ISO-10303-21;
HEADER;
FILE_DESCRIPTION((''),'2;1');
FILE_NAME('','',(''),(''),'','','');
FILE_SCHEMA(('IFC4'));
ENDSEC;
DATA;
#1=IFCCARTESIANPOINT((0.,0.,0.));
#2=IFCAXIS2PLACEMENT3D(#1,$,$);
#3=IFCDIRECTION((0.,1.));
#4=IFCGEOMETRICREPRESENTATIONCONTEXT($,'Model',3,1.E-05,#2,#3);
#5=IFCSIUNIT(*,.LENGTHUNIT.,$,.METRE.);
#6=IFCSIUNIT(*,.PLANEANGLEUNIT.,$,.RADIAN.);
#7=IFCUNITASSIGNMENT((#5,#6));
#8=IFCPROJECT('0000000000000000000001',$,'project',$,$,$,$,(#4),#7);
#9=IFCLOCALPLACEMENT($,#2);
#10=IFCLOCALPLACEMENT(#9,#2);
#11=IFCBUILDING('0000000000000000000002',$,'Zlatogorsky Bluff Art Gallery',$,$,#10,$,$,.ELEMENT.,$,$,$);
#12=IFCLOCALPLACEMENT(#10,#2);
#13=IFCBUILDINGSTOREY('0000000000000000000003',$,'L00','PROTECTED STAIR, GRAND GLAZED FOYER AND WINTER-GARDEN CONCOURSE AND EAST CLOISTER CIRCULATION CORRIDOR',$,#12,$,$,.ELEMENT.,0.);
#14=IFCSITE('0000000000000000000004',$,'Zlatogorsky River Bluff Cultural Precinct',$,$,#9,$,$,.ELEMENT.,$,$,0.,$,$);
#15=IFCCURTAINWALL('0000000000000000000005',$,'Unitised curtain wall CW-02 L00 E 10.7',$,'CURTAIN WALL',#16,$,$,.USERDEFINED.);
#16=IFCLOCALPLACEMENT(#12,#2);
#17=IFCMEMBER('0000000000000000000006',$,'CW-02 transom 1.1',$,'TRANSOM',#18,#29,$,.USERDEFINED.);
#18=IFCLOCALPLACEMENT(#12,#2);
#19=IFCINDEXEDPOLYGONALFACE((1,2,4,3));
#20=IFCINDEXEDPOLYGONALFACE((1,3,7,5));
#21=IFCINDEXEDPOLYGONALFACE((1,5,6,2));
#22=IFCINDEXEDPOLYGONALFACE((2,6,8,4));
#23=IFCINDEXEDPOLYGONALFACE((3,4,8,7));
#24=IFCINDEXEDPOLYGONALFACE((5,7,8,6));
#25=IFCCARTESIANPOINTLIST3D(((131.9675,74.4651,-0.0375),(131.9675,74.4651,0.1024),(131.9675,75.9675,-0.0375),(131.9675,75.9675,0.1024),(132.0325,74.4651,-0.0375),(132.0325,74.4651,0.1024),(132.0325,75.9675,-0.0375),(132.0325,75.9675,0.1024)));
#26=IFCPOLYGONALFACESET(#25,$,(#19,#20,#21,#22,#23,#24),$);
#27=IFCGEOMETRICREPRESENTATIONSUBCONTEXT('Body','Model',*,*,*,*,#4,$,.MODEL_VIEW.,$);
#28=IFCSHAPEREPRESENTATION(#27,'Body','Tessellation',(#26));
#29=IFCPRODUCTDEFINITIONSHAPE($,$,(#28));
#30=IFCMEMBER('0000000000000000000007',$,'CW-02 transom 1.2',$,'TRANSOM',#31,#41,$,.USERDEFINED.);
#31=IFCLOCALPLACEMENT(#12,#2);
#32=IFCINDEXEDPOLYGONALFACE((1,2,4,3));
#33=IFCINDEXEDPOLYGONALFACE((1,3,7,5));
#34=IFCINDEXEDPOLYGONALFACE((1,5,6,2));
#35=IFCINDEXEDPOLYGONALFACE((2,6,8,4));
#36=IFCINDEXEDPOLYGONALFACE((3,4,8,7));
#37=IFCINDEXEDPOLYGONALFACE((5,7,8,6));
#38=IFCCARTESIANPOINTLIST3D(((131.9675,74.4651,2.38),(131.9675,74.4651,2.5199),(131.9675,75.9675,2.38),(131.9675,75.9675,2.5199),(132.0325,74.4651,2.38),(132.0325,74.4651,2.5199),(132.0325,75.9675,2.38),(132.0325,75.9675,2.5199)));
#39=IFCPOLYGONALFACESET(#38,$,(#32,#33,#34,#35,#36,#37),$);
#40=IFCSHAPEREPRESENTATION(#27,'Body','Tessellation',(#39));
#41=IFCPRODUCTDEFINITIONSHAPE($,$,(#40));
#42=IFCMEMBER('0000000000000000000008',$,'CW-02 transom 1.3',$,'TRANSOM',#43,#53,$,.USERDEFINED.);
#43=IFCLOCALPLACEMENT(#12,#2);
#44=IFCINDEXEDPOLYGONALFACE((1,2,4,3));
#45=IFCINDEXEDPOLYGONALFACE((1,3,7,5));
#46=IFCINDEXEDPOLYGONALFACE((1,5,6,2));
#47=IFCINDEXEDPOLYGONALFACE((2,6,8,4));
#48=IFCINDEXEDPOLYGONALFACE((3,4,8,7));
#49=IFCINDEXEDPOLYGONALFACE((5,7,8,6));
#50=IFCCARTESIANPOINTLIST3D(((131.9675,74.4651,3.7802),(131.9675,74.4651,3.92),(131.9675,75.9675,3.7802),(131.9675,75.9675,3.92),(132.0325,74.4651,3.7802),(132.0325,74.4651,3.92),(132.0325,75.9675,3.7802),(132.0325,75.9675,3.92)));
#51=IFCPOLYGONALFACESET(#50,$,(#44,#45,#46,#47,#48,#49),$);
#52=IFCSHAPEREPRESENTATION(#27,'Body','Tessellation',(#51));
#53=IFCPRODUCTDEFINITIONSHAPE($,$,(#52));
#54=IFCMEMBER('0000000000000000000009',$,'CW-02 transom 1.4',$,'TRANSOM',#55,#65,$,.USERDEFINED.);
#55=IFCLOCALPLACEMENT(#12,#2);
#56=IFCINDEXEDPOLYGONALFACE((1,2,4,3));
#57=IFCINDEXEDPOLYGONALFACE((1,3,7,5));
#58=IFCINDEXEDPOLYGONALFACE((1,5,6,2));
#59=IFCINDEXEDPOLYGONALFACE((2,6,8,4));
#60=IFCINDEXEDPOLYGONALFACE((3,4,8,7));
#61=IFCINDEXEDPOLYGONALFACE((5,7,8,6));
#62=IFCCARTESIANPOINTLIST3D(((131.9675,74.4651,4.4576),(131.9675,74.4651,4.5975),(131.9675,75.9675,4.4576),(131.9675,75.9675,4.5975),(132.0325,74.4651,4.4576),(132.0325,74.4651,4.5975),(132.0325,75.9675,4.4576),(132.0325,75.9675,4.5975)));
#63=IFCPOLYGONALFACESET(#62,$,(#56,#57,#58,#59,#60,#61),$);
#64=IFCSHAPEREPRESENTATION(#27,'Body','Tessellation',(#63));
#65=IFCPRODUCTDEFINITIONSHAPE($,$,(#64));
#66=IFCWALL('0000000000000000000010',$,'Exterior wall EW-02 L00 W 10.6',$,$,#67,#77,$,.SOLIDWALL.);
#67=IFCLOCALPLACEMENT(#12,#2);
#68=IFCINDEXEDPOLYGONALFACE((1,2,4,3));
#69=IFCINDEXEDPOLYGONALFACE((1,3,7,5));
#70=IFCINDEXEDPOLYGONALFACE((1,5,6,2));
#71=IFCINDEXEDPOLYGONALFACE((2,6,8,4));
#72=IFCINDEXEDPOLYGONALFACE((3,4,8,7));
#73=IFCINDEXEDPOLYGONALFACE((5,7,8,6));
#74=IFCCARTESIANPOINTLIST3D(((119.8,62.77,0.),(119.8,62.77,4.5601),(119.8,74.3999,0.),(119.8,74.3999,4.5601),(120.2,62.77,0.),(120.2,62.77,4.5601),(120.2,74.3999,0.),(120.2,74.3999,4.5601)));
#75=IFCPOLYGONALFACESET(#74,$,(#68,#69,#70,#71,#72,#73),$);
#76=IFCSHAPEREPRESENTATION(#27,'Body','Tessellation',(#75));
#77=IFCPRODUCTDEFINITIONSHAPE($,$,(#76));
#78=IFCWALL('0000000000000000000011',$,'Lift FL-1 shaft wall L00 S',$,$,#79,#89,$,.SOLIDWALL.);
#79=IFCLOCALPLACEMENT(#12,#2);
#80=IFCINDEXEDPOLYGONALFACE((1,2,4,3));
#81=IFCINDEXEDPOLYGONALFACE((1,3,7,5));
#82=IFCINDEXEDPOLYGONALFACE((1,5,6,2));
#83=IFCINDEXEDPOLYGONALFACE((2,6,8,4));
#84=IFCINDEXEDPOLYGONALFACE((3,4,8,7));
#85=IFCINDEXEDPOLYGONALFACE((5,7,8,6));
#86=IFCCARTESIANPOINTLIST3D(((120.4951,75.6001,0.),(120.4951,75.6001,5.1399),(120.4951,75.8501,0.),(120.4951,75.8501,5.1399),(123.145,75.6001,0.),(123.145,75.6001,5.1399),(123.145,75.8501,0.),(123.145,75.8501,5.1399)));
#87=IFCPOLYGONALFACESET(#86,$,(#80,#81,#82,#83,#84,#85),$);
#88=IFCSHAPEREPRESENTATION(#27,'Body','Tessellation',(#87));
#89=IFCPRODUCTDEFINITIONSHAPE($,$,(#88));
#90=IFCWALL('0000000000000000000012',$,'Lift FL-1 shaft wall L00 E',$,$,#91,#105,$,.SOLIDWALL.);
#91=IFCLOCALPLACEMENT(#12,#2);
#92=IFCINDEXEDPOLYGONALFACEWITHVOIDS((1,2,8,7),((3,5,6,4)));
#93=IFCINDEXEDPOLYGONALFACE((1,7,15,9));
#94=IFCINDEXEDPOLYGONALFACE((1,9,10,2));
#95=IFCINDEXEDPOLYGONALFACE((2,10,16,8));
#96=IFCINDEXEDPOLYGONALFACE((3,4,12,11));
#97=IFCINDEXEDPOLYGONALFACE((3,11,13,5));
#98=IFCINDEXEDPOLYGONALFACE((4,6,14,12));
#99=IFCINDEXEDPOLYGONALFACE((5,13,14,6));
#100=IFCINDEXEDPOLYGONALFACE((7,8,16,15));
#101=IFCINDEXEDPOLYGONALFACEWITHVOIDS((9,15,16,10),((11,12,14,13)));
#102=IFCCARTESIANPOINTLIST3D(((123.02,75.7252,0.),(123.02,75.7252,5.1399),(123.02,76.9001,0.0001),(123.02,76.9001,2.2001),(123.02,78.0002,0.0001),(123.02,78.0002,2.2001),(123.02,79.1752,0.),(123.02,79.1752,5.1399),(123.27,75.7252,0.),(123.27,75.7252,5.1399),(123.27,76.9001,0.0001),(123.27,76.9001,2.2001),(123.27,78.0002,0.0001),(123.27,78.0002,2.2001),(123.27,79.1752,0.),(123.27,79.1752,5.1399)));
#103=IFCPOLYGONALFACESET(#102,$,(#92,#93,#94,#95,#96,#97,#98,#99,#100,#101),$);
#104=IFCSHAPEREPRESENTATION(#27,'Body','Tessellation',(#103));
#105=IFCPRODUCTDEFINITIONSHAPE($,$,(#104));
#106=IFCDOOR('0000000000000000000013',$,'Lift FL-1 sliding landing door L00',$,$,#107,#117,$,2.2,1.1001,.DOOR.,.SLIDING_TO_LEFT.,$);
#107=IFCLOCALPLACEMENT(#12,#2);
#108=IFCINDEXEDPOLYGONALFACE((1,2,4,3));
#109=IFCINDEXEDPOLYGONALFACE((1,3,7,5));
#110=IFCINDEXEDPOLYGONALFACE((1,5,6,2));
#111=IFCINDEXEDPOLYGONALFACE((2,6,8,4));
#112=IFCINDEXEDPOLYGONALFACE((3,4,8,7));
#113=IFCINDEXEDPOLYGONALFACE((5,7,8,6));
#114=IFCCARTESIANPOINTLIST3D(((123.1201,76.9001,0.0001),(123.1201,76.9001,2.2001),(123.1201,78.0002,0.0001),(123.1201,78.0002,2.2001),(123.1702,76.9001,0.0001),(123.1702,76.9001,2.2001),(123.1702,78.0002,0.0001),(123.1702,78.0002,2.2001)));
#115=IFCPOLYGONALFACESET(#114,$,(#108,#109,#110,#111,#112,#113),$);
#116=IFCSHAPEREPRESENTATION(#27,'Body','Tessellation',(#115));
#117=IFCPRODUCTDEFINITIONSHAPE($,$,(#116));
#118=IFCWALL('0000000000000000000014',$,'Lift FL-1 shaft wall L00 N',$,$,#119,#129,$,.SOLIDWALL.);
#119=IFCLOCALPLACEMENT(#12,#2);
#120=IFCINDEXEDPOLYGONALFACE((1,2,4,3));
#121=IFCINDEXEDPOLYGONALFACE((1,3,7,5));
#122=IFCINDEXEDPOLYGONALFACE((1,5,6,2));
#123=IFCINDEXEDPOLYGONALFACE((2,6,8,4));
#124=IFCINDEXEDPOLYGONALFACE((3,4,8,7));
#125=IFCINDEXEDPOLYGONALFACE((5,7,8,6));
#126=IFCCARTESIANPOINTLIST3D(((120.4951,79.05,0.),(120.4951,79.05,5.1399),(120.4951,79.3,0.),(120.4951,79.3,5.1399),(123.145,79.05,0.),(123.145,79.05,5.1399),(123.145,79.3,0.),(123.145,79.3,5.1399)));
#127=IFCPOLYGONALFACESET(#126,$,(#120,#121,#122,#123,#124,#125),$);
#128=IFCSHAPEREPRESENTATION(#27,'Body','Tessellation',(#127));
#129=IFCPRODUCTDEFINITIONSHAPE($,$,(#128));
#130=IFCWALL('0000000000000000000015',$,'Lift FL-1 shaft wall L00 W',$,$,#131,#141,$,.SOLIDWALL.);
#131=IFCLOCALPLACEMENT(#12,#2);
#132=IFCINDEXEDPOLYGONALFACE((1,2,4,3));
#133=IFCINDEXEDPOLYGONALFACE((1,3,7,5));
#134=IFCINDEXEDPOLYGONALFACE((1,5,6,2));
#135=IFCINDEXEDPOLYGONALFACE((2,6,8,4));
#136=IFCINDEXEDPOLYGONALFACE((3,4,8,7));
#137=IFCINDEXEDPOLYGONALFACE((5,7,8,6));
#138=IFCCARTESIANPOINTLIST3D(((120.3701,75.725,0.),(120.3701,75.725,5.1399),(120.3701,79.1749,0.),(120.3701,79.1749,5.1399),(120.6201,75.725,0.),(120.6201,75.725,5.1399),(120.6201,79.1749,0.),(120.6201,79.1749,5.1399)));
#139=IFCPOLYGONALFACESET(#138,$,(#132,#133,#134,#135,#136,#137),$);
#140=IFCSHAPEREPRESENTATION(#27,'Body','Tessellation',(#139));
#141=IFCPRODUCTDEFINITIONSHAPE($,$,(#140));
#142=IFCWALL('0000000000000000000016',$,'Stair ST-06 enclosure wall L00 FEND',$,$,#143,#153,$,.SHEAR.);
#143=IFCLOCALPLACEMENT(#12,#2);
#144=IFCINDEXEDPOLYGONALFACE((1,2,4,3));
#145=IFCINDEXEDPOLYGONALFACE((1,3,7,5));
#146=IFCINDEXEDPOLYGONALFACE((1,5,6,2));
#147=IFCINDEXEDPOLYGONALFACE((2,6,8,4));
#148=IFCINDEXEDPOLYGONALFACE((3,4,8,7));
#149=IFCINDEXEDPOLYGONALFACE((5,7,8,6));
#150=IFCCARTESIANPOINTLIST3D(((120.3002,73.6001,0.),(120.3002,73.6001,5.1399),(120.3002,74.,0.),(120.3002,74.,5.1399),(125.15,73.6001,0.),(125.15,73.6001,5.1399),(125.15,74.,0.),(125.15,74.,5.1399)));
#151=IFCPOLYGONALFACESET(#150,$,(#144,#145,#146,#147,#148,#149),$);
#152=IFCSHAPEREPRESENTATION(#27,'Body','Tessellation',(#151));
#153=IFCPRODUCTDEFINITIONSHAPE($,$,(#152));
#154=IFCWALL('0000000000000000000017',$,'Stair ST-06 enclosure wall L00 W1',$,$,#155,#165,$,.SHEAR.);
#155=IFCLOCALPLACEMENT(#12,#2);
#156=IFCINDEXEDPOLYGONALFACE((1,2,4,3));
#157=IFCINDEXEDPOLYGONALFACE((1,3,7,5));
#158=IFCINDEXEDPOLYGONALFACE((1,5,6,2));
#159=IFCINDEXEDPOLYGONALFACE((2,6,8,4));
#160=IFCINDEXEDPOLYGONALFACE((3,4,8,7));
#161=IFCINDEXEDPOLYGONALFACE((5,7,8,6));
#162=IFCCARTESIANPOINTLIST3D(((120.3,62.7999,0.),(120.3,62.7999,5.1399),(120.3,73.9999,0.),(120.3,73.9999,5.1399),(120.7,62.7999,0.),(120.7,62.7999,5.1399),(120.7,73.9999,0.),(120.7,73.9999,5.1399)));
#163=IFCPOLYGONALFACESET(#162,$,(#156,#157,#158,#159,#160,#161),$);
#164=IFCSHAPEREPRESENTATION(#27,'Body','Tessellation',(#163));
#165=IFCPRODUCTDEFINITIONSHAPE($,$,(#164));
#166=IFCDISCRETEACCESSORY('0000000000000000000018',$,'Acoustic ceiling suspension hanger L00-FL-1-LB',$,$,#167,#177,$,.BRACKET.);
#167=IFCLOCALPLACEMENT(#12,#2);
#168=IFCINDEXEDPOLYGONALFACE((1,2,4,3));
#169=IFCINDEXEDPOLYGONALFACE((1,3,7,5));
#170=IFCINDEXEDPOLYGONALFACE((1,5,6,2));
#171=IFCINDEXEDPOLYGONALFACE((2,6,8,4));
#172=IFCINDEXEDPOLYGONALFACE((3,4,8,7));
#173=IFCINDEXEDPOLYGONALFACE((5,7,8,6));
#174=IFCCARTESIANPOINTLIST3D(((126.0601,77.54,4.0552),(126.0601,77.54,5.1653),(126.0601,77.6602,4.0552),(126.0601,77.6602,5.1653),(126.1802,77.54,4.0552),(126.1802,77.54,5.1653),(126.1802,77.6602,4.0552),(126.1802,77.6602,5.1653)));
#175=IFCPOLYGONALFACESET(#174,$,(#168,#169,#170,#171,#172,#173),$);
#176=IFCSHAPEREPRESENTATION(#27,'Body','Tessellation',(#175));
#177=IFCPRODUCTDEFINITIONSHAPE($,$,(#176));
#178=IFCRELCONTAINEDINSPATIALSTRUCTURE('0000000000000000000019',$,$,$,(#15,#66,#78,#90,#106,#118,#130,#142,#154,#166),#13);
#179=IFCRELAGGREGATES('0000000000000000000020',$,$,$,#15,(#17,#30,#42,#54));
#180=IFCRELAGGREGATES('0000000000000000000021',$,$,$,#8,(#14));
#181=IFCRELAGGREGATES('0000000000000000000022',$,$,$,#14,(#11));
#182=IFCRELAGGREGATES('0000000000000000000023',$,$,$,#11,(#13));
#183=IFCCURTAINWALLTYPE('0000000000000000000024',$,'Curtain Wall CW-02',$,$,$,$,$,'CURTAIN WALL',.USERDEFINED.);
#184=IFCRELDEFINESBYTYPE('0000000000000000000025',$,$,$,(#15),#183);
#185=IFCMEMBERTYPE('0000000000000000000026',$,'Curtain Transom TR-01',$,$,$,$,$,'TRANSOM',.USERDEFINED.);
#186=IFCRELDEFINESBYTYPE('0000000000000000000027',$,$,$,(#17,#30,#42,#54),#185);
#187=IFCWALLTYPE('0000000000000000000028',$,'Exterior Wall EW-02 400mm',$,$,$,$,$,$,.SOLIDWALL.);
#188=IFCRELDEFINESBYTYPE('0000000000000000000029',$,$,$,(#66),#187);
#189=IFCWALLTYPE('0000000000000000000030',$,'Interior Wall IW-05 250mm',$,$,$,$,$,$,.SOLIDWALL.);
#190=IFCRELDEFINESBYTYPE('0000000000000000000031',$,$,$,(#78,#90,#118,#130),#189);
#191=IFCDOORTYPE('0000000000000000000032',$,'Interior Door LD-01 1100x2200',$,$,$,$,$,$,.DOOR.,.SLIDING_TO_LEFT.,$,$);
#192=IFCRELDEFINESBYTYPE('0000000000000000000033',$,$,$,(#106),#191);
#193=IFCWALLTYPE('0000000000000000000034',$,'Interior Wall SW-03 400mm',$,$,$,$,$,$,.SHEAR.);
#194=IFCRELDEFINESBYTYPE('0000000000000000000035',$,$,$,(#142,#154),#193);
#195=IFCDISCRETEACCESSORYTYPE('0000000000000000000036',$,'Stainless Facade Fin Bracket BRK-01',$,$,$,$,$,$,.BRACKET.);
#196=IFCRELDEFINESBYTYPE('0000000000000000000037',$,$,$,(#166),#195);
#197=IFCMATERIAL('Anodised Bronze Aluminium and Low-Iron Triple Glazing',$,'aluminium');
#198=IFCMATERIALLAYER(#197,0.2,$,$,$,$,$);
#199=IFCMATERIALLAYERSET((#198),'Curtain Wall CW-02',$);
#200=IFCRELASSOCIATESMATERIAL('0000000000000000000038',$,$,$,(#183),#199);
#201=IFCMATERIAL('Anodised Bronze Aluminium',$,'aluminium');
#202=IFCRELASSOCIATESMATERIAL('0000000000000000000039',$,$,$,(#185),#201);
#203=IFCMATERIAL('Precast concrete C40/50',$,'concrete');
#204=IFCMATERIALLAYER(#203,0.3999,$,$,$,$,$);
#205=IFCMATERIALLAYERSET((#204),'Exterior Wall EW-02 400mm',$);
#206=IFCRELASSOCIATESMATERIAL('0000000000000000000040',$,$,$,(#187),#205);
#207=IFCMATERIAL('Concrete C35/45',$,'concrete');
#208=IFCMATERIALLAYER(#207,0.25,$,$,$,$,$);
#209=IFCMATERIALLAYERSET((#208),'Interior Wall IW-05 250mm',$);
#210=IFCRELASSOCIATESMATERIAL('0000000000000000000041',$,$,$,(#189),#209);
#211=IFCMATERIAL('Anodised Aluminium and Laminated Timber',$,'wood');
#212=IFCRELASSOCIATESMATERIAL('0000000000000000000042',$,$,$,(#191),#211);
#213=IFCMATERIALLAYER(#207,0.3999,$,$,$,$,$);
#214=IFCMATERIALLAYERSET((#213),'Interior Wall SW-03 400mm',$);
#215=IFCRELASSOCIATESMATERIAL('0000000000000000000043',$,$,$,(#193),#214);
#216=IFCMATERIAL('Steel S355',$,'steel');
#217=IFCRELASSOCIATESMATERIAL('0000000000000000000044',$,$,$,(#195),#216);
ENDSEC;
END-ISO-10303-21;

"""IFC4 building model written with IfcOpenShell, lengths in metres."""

from ifc_helpers import new_model, si_unit, direction, frame, frame_2d, origin, origin_2d, place, context, subcontext, project, spatial, rectangle, extrude, material, layer, layer_set, material_profile, profile_set, type_object, element, fill, aggregate, save


model = new_model("IFC4")

# Units and contexts
model_context = context("Model", 3, precision=1e-05, world=origin(), true_north=direction((0.0, 1.0)))
body_context = subcontext(model_context, "Body", "Model", "MODEL_VIEW")
ifc_project = project(units=[si_unit("LENGTHUNIT", "METRE"), si_unit("PLANEANGLEUNIT", "RADIAN")], contexts=[model_context])

# Site, building, storey
site_placement = place(None, origin())
site = spatial("IfcSite", under=ifc_project, at=site_placement, Name="Zlatogorsky River Bluff Cultural Precinct", CompositionType="ELEMENT", RefElevation=0.0)
building_placement = place(site_placement, origin())
building = spatial("IfcBuilding", under=site, at=building_placement, Name="Zlatogorsky Bluff Art Gallery", CompositionType="ELEMENT")
storey_placement = place(building_placement, origin())
storey = spatial("IfcBuildingStorey", under=building, at=storey_placement, Name="L00", Description="PROTECTED STAIR, GRAND GLAZED FOYER AND WINTER-GARDEN CONCOURSE AND EAST CLOISTER CIRCULATION CORRIDOR", CompositionType="ELEMENT", Elevation=0.0)

# Shared definitions
ifc_material_1 = material(Name="Steel S355", Category="steel")

# Curtain wall, members
ifc_material_2 = material(Name="Anodised Bronze Aluminium and Low-Iron Triple Glazing", Category="aluminium")
ifc_layer_1 = layer(ifc_material_2, 0.2)
ifc_layer_set_1 = layer_set([ifc_layer_1], Name="Curtain Wall CW-02")
curtain_wall_type = type_object("IfcCurtainWallType", Name="Curtain Wall CW-02", ElementType="CURTAIN WALL", PredefinedType="USERDEFINED", material=ifc_layer_set_1)
curtain_wall_placement = place(storey_placement, origin())
curtain_wall = element("IfcCurtainWall", 1, at=curtain_wall_placement, inside=storey, type_object=curtain_wall_type, Name="Unitised curtain wall CW-02 L00 E 10.7", ObjectType="CURTAIN WALL", PredefinedType="USERDEFINED")
ifc_material_3 = material(Name="Anodised Bronze Aluminium", Category="aluminium")
ifc_material_profile_1 = material_profile(ifc_material_3, rectangle(XDim=0.0649, YDim=0.1399, at=origin_2d()), Name="ALU TRANSOM 65x140")
ifc_profile_set_1 = profile_set([ifc_material_profile_1], Name="Anodised Bronze Aluminium")
member_type_1 = type_object("IfcMemberType", Name="Curtain Transom TR-01", ElementType="TRANSOM", PredefinedType="USERDEFINED", material=ifc_profile_set_1)
member_1_placement = place(storey_placement, frame((132.0, 74.4651, 0.0325), z_axis=(0.0, 1.0, 0.0), x_axis=(-1.0, 0.0, 0.0)))
member_1 = element("IfcMember", 2, at=member_1_placement, type_object=member_type_1, Name="CW-02 transom 1.1", ObjectType="TRANSOM", PredefinedType="USERDEFINED", context=body_context, shape_type="SweptSolid", body=[
    extrude(rectangle(XDim=0.0649, YDim=0.1399, at=origin_2d()), origin(), (0.0, 0.0, 1.0), 1.5024),
])
member_2_placement = place(storey_placement, frame((132.0, 74.4651, 2.45), z_axis=(0.0, 1.0, 0.0), x_axis=(-1.0, 0.0, 0.0)))
member_2 = element("IfcMember", 3, at=member_2_placement, type_object=member_type_1, Name="CW-02 transom 1.2", ObjectType="TRANSOM", PredefinedType="USERDEFINED", context=body_context, shape_type="SweptSolid", body=[
    extrude(rectangle(XDim=0.0649, YDim=0.1399, at=origin_2d()), origin(), (0.0, 0.0, 1.0), 1.5024),
])
member_3_placement = place(storey_placement, frame((132.0, 74.4651, 3.8501), z_axis=(0.0, 1.0, 0.0), x_axis=(-1.0, 0.0, 0.0)))
member_3 = element("IfcMember", 4, at=member_3_placement, type_object=member_type_1, Name="CW-02 transom 1.3", ObjectType="TRANSOM", PredefinedType="USERDEFINED", context=body_context, shape_type="SweptSolid", body=[
    extrude(rectangle(XDim=0.0649, YDim=0.1399, at=origin_2d()), origin(), (0.0, 0.0, 1.0), 1.5024),
])
member_4_placement = place(storey_placement, frame((132.0, 74.4651, 4.5276), z_axis=(0.0, 1.0, 0.0), x_axis=(-1.0, 0.0, 0.0)))
member_4 = element("IfcMember", 5, at=member_4_placement, type_object=member_type_1, Name="CW-02 transom 1.4", ObjectType="TRANSOM", PredefinedType="USERDEFINED", context=body_context, shape_type="SweptSolid", body=[
    extrude(rectangle(XDim=0.0649, YDim=0.1399, at=origin_2d()), origin(), (0.0, 0.0, 1.0), 1.5024),
])
aggregate(curtain_wall, [member_1, member_2, member_3, member_4])

# Wall
ifc_material_4 = material(Name="Precast concrete C40/50", Category="concrete")
ifc_layer_2 = layer(ifc_material_4, 0.3999)
ifc_layer_set_2 = layer_set([ifc_layer_2], Name="Exterior Wall EW-02 400mm")
wall_type_1 = type_object("IfcWallType", Name="Exterior Wall EW-02 400mm", PredefinedType="SOLIDWALL", material=ifc_layer_set_2)
wall_1_placement = place(storey_placement, frame((120.0, 74.3999, 0.0), z_axis=(0.0, 0.0, 1.0), x_axis=(0.0, -1.0, 0.0)))
element("IfcWall", 6, at=wall_1_placement, inside=storey, type_object=wall_type_1, Name="Exterior wall EW-02 L00 W 10.6", PredefinedType="SOLIDWALL", context=body_context, shape_type="SweptSolid", body=[
    extrude(rectangle(XDim=11.6299, YDim=0.3999, at=frame_2d((5.8149, 0.0))), origin(), (0.0, 0.0, 1.0), 4.5601),
])

# Shared definitions
ifc_material_5 = material(Name="Anodised Aluminium and Laminated Timber", Category="wood")

# Wall
ifc_material_6 = material(Name="Concrete C35/45", Category="concrete")
ifc_layer_3 = layer(ifc_material_6, 0.25)
ifc_layer_set_3 = layer_set([ifc_layer_3], Name="Interior Wall IW-05 250mm")
wall_type_2 = type_object("IfcWallType", Name="Interior Wall IW-05 250mm", PredefinedType="SOLIDWALL", material=ifc_layer_set_3)
wall_2_placement = place(storey_placement, frame((120.4951, 75.7251, 0.0), z_axis=(0.0, 0.0, 1.0), x_axis=(1.0, 0.0, 0.0)))
element("IfcWall", 7, at=wall_2_placement, inside=storey, type_object=wall_type_2, Name="Lift FL-1 shaft wall L00 S", PredefinedType="SOLIDWALL", context=body_context, shape_type="SweptSolid", body=[
    extrude(rectangle(XDim=2.6499, YDim=0.25, at=frame_2d((1.325, 0.0))), origin(), (0.0, 0.0, 1.0), 5.1399),
])

# Wall, opening, door
wall_3_placement = place(storey_placement, frame((123.145, 75.7251, 0.0), z_axis=(0.0, 0.0, 1.0), x_axis=(0.0, 1.0, 0.0)))
wall_3 = element("IfcWall", 8, at=wall_3_placement, inside=storey, type_object=wall_type_2, Name="Lift FL-1 shaft wall L00 E", PredefinedType="SOLIDWALL", context=body_context, shape_type="SweptSolid", body=[
    extrude(rectangle(XDim=3.45, YDim=0.25, at=frame_2d((1.7251, 0.0))), origin(), (0.0, 0.0, 1.0), 5.1399),
])
opening_1_placement = place(wall_3_placement, frame((1.175, 0.0, 0.0)))
opening_1 = element("IfcOpeningElement", 9, at=opening_1_placement, cuts=wall_3, PredefinedType="OPENING", context=body_context, shape_type="SweptSolid", body=[
    extrude(rectangle(XDim=1.1001, YDim=2.2, at=frame_2d((0.55, 1.1001))), frame((0.0, 0.135, 0.0), z_axis=(0.0, -1.0, 0.0), x_axis=(1.0, 0.0, 0.0)), (0.0, 0.0, 1.0), 0.27),
])
door_type_1 = type_object("IfcDoorType", Name="Interior Door LD-01 1100x2200", OperationType="SLIDING_TO_LEFT", PredefinedType="DOOR", material=ifc_material_5)
door_1_placement = place(opening_1_placement, origin())
door_1 = element("IfcDoor", 10, at=door_1_placement, inside=storey, type_object=door_type_1, Name="Lift FL-1 sliding landing door L00", OperationType="SLIDING_TO_LEFT", OverallHeight=2.2, OverallWidth=1.1001, PredefinedType="DOOR", context=body_context, shape_type="SweptSolid", body=[
    extrude(rectangle(XDim=1.1001, YDim=2.2, at=frame_2d((0.55, 1.1001))), frame((0.0, 0.0249, 0.0), z_axis=(0.0, -1.0, 0.0), x_axis=(1.0, 0.0, 0.0)), (0.0, 0.0, 1.0), 0.05),
])
fill(opening_1, door_1)

# Walls
wall_4_placement = place(storey_placement, frame((123.145, 79.175, 0.0), z_axis=(0.0, 0.0, 1.0), x_axis=(-1.0, 0.0, 0.0)))
element("IfcWall", 11, at=wall_4_placement, inside=storey, type_object=wall_type_2, Name="Lift FL-1 shaft wall L00 N", PredefinedType="SOLIDWALL", context=body_context, shape_type="SweptSolid", body=[
    extrude(rectangle(XDim=2.6499, YDim=0.25, at=frame_2d((1.325, 0.0))), origin(), (0.0, 0.0, 1.0), 5.1399),
])
wall_5_placement = place(storey_placement, frame((120.4951, 79.175, 0.0), z_axis=(0.0, 0.0, 1.0), x_axis=(0.0, -1.0, 0.0)))
element("IfcWall", 12, at=wall_5_placement, inside=storey, type_object=wall_type_2, Name="Lift FL-1 shaft wall L00 W", PredefinedType="SOLIDWALL", context=body_context, shape_type="SweptSolid", body=[
    extrude(rectangle(XDim=3.45, YDim=0.25, at=frame_2d((1.7251, 0.0))), origin(), (0.0, 0.0, 1.0), 5.1399),
])
ifc_layer_4 = layer(ifc_material_6, 0.3999)
ifc_layer_set_4 = layer_set([ifc_layer_4], Name="Interior Wall SW-03 400mm")
wall_type_3 = type_object("IfcWallType", Name="Interior Wall SW-03 400mm", PredefinedType="SHEAR", material=ifc_layer_set_4)
wall_6_placement = place(storey_placement, frame((125.1499, 73.8, 0.0), z_axis=(0.0, 0.0, 1.0), x_axis=(-1.0, 0.0, 0.0)))
element("IfcWall", 13, at=wall_6_placement, inside=storey, type_object=wall_type_3, Name="Stair ST-06 enclosure wall L00 FEND", PredefinedType="SHEAR", context=body_context, shape_type="SweptSolid", body=[
    extrude(rectangle(XDim=4.8499, YDim=0.3999, at=frame_2d((2.4248, 0.0))), origin(), (0.0, 0.0, 1.0), 5.1399),
])
wall_7_placement = place(storey_placement, frame((120.5, 74.0, 0.0), z_axis=(0.0, 0.0, 1.0), x_axis=(0.0, -1.0, 0.0)))
element("IfcWall", 14, at=wall_7_placement, inside=storey, type_object=wall_type_3, Name="Stair ST-06 enclosure wall L00 W1", PredefinedType="SHEAR", context=body_context, shape_type="SweptSolid", body=[
    extrude(rectangle(XDim=11.2, YDim=0.3999, at=frame_2d((5.6001, 0.0))), origin(), (0.0, 0.0, 1.0), 5.1399),
])

# Discrete accessory
discrete_accessory_type = type_object("IfcDiscreteAccessoryType", Name="Stainless Facade Fin Bracket BRK-01", PredefinedType="BRACKET", material=ifc_material_1)
for number, where, z_axis, x_axis, name in (
    (15, (126.1201, 77.6001, 4.0552), (0.0, 0.0, 1.0), (1.0, 0.0, 0.0), "Acoustic ceiling suspension hanger L00-FL-1-LB"),
):
    element("IfcDiscreteAccessory", number, at=place(storey_placement, frame(where, z_axis=z_axis, x_axis=x_axis)), inside=storey, type_object=discrete_accessory_type, Name=name, PredefinedType="BRACKET", context=body_context, shape_type="SweptSolid", body=[
        extrude(rectangle(XDim=0.1201, YDim=0.1201, at=origin_2d()), origin(), (0.0, 0.0, 1.0), 1.1101),
    ])

save(model, "model.ifc")
